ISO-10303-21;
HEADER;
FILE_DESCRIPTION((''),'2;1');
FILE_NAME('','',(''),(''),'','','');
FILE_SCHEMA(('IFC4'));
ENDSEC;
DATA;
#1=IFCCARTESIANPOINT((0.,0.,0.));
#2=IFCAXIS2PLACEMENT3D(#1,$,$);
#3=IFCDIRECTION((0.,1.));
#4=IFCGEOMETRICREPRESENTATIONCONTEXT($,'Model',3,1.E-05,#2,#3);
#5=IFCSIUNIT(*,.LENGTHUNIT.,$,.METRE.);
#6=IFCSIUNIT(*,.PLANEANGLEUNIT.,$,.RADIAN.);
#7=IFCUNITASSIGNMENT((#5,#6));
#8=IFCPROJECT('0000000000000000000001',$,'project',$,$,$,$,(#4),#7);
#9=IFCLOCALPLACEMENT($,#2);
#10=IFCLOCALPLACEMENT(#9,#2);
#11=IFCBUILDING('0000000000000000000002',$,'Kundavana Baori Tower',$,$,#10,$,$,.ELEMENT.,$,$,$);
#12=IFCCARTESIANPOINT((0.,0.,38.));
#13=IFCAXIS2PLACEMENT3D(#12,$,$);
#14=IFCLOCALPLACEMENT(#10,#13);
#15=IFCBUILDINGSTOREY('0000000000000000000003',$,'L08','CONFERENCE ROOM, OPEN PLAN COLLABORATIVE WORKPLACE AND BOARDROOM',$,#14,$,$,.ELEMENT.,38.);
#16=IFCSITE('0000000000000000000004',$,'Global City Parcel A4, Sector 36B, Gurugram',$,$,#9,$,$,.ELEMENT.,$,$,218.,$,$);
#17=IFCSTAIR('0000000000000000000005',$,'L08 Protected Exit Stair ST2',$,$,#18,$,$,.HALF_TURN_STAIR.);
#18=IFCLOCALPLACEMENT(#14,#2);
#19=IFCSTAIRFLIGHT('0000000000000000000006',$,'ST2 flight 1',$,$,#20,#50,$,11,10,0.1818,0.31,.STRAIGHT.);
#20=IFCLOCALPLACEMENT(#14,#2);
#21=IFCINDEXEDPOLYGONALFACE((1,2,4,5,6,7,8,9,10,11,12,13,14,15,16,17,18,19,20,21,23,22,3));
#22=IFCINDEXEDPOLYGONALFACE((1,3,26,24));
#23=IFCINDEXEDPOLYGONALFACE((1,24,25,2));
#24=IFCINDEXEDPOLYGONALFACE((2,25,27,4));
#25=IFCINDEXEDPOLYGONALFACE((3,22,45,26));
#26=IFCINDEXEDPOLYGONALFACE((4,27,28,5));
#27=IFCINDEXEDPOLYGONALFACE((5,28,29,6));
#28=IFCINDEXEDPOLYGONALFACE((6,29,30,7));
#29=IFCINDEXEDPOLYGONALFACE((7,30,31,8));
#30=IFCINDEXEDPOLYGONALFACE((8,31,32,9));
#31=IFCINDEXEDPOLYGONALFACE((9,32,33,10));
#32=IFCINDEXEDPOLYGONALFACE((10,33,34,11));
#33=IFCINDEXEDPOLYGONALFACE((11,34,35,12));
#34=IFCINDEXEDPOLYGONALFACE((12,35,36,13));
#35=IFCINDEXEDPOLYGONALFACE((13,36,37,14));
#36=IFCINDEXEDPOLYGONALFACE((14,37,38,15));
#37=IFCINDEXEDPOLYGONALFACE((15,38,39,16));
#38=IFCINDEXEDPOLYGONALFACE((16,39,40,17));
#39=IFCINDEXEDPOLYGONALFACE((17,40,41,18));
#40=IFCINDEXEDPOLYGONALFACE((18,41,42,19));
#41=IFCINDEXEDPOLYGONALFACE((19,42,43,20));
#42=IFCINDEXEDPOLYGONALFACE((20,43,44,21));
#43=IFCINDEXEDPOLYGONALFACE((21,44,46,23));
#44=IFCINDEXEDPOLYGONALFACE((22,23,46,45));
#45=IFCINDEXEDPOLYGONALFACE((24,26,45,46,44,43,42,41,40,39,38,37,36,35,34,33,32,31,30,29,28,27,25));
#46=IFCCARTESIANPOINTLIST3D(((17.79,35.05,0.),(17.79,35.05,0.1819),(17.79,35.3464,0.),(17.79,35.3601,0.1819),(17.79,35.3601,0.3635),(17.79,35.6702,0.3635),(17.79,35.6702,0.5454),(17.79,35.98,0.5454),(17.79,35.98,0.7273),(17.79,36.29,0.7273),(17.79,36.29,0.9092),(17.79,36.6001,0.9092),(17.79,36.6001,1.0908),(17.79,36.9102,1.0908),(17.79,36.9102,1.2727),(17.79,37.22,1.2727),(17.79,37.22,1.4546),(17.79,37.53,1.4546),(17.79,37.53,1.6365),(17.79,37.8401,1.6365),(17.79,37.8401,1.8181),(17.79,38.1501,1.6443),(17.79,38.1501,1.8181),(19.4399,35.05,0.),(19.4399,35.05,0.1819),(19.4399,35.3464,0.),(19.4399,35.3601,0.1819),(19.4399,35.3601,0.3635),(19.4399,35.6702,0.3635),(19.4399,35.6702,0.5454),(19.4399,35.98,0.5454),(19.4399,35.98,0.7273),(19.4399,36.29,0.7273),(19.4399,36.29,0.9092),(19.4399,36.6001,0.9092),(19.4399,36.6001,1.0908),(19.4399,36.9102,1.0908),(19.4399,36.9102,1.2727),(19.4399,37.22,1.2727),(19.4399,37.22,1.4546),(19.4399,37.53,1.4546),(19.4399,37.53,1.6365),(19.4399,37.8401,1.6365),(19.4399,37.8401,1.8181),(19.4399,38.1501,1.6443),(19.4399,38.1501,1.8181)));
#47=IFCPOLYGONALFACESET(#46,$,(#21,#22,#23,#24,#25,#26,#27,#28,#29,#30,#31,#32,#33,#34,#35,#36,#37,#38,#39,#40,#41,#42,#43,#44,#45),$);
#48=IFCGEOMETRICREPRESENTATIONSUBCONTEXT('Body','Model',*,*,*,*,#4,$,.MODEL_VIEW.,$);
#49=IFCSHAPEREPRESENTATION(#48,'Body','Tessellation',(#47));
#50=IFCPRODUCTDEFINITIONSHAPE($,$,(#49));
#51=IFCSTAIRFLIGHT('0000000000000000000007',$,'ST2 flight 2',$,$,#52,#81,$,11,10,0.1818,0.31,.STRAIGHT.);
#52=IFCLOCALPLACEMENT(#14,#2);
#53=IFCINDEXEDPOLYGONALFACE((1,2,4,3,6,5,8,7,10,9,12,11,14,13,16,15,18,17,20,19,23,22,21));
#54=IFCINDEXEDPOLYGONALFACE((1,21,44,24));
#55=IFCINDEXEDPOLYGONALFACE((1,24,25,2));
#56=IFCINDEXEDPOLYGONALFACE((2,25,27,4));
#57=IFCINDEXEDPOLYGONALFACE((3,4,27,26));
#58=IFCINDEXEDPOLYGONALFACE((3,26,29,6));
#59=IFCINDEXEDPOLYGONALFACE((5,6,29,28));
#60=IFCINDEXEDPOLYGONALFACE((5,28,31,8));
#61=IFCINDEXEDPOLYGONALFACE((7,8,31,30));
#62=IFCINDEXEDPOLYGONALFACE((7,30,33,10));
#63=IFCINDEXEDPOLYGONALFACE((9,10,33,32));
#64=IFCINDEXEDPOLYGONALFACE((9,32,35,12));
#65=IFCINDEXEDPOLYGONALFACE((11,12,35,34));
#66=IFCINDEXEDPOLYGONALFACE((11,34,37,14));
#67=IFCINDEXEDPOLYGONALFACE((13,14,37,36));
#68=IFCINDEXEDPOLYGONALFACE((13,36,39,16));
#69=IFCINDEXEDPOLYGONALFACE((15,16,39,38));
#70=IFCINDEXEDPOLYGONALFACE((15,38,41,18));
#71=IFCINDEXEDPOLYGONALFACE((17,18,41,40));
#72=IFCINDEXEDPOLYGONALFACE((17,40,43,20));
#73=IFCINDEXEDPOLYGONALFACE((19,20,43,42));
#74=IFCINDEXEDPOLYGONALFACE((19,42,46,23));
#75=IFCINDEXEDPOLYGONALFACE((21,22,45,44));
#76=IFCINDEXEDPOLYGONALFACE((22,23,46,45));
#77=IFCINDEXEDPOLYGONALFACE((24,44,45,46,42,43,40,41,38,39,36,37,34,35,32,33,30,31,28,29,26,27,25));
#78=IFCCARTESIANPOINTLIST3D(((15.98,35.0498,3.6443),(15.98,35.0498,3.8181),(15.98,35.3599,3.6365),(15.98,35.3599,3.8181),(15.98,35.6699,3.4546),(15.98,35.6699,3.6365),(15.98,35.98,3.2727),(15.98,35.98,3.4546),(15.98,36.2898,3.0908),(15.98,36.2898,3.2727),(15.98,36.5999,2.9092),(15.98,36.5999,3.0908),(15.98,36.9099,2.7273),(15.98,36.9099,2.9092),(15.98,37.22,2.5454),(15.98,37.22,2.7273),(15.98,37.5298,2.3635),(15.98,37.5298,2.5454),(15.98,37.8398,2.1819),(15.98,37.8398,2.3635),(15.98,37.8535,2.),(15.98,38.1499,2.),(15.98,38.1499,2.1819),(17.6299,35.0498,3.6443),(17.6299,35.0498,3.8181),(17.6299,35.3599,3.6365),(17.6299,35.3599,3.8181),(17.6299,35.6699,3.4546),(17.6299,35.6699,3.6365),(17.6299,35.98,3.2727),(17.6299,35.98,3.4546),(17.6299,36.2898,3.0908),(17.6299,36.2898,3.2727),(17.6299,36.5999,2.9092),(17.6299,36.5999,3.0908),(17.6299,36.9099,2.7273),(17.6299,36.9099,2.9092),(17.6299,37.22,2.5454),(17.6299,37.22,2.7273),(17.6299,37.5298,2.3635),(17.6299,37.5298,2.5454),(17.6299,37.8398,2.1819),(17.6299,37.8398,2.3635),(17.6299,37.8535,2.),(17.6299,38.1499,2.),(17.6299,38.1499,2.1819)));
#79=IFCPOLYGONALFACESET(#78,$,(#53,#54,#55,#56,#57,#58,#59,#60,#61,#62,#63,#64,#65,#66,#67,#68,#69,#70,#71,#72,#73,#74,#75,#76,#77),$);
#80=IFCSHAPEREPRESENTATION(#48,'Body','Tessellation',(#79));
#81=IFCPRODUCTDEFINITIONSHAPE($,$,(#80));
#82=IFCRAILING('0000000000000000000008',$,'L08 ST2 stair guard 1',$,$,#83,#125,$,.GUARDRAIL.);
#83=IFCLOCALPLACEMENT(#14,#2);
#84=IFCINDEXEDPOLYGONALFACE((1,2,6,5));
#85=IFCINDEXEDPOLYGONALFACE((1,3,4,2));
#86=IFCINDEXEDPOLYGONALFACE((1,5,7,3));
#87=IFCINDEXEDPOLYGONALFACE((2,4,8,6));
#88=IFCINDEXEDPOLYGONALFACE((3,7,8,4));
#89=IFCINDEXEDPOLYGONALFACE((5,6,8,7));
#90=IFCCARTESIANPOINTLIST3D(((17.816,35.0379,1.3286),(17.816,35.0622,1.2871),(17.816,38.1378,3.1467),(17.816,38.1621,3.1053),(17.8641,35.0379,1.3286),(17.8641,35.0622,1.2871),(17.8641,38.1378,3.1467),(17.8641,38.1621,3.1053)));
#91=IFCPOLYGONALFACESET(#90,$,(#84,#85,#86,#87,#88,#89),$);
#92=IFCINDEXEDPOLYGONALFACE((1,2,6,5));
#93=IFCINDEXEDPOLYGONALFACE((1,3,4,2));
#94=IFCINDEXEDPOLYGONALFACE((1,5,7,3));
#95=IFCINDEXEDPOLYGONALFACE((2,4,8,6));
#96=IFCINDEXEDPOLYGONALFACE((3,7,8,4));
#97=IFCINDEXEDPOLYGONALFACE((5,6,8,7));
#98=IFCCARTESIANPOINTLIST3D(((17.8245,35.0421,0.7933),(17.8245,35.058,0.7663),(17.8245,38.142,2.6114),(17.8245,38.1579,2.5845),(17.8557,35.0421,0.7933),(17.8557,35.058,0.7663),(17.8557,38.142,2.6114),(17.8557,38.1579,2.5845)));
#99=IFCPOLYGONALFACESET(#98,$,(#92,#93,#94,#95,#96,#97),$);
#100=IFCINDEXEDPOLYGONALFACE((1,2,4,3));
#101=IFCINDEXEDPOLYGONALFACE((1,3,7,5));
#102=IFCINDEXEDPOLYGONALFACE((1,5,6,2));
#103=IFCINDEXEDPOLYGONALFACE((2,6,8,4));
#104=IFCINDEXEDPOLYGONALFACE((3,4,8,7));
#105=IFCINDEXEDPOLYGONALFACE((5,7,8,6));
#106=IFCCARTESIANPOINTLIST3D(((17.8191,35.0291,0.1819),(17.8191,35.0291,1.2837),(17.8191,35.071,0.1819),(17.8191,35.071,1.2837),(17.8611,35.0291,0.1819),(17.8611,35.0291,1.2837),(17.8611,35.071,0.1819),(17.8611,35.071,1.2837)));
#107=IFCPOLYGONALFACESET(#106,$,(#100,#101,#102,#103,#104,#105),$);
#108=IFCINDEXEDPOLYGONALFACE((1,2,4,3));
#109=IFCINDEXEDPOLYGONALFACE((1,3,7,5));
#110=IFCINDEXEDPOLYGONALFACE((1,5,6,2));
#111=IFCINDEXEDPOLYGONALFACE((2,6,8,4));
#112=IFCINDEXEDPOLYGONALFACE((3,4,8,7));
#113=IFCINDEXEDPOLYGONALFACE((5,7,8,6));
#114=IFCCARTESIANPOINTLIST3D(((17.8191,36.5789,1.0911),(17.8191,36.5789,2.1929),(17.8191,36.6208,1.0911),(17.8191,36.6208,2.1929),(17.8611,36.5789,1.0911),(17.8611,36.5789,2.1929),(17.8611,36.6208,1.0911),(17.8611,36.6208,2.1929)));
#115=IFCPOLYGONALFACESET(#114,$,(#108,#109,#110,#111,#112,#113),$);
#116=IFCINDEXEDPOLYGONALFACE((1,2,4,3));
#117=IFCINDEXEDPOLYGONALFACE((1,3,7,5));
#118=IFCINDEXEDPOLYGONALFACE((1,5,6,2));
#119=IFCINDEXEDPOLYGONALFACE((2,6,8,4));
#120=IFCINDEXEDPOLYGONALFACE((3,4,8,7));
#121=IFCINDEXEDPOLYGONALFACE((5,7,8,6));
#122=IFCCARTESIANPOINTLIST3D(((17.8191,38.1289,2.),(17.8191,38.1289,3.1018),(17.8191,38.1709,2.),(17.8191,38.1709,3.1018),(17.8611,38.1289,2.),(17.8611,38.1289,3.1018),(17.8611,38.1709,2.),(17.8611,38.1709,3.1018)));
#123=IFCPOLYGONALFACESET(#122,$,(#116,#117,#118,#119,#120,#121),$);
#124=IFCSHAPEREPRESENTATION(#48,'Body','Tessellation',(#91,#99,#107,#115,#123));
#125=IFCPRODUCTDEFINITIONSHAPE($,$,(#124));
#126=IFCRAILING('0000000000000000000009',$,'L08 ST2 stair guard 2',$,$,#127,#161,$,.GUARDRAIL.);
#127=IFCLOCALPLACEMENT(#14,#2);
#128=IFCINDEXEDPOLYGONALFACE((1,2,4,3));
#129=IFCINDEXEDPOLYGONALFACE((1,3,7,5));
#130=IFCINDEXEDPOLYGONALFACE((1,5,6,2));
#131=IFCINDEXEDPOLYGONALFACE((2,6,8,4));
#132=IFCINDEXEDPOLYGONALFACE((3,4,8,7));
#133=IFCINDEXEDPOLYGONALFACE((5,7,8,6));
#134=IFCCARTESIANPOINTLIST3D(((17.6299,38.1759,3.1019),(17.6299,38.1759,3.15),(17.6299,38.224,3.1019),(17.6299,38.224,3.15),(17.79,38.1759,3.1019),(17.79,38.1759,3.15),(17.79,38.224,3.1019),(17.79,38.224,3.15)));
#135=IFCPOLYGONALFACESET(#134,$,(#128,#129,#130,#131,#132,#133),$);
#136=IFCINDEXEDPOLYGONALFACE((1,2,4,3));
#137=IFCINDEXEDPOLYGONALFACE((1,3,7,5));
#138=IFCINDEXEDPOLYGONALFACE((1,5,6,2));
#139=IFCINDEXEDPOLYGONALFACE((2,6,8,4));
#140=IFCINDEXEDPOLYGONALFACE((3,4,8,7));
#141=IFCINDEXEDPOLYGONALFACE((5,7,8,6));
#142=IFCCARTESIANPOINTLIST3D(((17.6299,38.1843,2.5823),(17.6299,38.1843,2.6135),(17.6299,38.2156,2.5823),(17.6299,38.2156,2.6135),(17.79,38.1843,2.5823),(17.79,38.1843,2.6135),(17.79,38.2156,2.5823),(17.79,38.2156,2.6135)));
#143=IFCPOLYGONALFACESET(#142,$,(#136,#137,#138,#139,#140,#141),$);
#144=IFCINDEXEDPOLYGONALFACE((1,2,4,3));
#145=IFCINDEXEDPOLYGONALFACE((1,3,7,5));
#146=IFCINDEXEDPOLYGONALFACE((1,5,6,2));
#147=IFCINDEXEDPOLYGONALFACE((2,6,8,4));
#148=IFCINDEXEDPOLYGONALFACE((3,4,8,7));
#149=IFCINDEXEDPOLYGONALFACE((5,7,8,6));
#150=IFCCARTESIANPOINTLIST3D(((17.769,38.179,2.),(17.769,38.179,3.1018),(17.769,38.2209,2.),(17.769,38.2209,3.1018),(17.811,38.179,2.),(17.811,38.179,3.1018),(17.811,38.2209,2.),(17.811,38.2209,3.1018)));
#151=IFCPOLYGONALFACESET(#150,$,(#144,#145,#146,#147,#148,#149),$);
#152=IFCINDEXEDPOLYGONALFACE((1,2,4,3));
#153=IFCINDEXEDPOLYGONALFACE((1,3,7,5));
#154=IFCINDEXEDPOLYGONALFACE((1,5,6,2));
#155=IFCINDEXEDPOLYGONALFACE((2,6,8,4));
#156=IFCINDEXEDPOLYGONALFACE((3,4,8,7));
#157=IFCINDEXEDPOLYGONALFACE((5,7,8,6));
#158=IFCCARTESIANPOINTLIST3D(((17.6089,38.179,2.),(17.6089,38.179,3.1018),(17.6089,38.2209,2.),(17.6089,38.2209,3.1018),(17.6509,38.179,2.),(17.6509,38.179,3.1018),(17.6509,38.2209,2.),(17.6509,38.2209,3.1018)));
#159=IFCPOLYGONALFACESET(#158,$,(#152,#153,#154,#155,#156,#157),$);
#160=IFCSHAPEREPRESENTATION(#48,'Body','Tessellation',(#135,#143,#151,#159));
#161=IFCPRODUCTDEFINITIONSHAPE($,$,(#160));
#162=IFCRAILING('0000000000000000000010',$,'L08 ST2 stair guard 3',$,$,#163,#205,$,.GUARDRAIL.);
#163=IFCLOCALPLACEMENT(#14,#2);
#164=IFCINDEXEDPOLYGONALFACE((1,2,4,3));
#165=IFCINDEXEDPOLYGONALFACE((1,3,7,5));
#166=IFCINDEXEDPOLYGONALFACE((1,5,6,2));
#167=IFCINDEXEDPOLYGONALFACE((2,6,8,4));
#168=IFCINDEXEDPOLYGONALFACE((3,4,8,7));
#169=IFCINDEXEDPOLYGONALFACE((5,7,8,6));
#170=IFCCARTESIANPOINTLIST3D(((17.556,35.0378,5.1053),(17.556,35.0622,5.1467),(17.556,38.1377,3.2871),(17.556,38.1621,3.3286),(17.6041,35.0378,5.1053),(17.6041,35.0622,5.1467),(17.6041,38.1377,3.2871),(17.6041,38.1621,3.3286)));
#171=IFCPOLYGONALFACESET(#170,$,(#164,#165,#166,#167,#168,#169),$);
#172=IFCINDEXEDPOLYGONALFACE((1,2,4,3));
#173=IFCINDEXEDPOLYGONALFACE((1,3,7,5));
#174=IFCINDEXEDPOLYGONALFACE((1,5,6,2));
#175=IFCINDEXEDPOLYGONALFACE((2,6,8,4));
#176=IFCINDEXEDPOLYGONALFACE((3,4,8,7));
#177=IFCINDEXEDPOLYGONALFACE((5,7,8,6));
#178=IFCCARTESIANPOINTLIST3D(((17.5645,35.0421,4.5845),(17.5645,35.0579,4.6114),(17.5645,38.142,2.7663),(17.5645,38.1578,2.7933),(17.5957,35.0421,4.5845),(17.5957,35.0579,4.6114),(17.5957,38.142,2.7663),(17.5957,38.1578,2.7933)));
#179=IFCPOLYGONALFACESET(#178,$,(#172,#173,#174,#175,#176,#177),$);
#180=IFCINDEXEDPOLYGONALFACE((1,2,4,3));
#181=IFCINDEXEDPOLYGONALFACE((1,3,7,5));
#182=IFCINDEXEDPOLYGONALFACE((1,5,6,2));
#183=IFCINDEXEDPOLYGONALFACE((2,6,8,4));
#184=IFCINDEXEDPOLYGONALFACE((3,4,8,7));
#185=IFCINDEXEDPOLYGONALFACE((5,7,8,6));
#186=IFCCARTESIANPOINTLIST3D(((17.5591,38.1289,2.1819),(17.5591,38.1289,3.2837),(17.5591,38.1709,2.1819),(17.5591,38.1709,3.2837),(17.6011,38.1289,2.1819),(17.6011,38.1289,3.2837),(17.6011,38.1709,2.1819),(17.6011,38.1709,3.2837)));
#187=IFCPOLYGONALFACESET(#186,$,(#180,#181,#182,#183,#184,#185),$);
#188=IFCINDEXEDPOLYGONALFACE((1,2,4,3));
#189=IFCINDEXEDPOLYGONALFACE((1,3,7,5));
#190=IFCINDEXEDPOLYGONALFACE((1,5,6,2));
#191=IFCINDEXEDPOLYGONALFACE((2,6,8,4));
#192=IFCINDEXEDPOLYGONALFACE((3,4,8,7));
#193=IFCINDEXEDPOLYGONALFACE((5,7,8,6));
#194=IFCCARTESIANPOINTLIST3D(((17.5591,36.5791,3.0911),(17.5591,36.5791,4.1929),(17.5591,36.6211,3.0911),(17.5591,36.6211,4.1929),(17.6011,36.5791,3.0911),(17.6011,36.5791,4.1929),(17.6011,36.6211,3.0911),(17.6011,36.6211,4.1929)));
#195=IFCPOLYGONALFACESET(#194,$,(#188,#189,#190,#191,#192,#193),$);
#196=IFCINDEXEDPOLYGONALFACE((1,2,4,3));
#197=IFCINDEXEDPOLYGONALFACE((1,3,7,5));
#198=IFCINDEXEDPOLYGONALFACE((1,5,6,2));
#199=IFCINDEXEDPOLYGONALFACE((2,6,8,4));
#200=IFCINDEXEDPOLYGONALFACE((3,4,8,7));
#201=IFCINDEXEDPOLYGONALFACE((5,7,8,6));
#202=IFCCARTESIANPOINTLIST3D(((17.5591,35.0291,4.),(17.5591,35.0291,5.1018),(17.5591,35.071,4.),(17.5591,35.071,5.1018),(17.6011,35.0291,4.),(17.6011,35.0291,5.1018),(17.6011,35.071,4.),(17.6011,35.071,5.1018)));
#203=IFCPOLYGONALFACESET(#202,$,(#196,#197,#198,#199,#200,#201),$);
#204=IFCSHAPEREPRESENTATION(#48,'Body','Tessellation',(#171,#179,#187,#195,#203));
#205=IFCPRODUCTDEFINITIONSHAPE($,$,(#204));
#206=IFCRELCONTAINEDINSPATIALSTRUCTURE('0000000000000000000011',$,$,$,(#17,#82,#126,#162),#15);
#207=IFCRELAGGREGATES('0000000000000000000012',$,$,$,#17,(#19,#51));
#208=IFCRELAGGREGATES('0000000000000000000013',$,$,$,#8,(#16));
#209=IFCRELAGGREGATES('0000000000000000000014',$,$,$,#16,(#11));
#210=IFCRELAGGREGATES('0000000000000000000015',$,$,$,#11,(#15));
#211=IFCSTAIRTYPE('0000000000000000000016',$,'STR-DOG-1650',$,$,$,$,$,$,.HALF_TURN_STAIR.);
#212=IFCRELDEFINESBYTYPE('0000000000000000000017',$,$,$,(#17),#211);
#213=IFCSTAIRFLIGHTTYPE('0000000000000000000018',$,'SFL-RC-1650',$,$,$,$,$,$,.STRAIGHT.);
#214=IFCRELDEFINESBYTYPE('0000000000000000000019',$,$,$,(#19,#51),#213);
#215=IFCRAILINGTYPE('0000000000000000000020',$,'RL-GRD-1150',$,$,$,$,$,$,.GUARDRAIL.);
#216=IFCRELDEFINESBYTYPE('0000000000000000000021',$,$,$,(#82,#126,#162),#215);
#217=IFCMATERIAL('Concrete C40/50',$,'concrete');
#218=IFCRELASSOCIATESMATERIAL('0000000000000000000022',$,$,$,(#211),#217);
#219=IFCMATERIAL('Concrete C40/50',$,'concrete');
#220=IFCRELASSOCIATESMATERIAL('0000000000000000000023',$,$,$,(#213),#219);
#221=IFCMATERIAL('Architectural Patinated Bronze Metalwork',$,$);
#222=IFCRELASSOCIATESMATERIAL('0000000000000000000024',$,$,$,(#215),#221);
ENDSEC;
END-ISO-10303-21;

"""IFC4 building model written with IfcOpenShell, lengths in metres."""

from ifc_helpers import new_model, si_unit, direction, frame, origin, origin_2d, place, context, subcontext, project, spatial, polyline, rectangle, outline, extrude, material, type_object, element, aggregate, save


model = new_model("IFC4")

# Units and contexts
model_context = context("Model", 3, precision=1e-05, world=origin(), true_north=direction((0.0, 1.0)))
body_context = subcontext(model_context, "Body", "Model", "MODEL_VIEW")
ifc_project = project(units=[si_unit("LENGTHUNIT", "METRE"), si_unit("PLANEANGLEUNIT", "RADIAN")], contexts=[model_context])

# Site, building, storey
site_placement = place(None, origin())
site = spatial("IfcSite", under=ifc_project, at=site_placement, Name="Global City Parcel A4, Sector 36B, Gurugram", CompositionType="ELEMENT", RefElevation=218.0)
building_placement = place(site_placement, origin())
building = spatial("IfcBuilding", under=site, at=building_placement, Name="Kundavana Baori Tower", CompositionType="ELEMENT")
storey_placement = place(building_placement, frame((0.0, 0.0, 38.0)))
storey = spatial("IfcBuildingStorey", under=building, at=storey_placement, Name="L08", Description="CONFERENCE ROOM, OPEN PLAN COLLABORATIVE WORKPLACE AND BOARDROOM", CompositionType="ELEMENT", Elevation=38.0)

# Stair, stair flights
ifc_material_1 = material(Name="Concrete C40/50", Category="concrete")
stair_type = type_object("IfcStairType", Name="STR-DOG-1650", PredefinedType="HALF_TURN_STAIR", material=ifc_material_1)
stair_placement = place(storey_placement, origin())
stair = element("IfcStair", 1, at=stair_placement, inside=storey, type_object=stair_type, Name="L08 Protected Exit Stair ST2", PredefinedType="HALF_TURN_STAIR")
ifc_material_2 = material(Name="Concrete C40/50", Category="concrete")
stair_flight_type = type_object("IfcStairFlightType", Name="SFL-RC-1650", PredefinedType="STRAIGHT", material=ifc_material_2)
stair_flight_1_placement = place(storey_placement, frame((18.615, 35.05, 0.0), z_axis=(0.0, 0.0, 1.0), x_axis=(0.0, 1.0, 0.0)))
stair_flight_1 = element("IfcStairFlight", 2, at=stair_flight_1_placement, type_object=stair_flight_type, Name="ST2 flight 1", NumberOfRisers=11, NumberOfTreads=10, PredefinedType="STRAIGHT", RiserHeight=0.1818, TreadLength=0.31, context=body_context, shape_type="SweptSolid", body=[
    extrude(outline(polyline([(0.0, 0.0), (0.0, 0.1819), (0.3101, 0.1819), (0.3101, 0.3635), (0.6201, 0.3635), (0.6201, 0.5454), (0.9299, 0.5454), (0.9299, 0.7273), (1.24, 0.7273), (1.24, 0.9092), (1.55, 0.9092), (1.55, 1.0908), (1.8601, 1.0908), (1.8601, 1.2727), (2.1699, 1.2727), (2.1699, 1.4546), (2.48, 1.4546), (2.48, 1.6365), (2.79, 1.6365), (2.79, 1.8181), (3.1001, 1.8181), (3.1001, 2.0), (3.1001, 1.6443), (0.2964, 0.0), (0.0, 0.0)])), frame((0.0, 0.825, 0.0), z_axis=(0.0, -1.0, 0.0), x_axis=(1.0, 0.0, 0.0)), (0.0, 0.0, 1.0), 1.6499),
])
stair_flight_2_placement = place(storey_placement, frame((16.8049, 38.1499, 2.0), z_axis=(0.0, 0.0, 1.0), x_axis=(0.0, -1.0, 0.0)))
stair_flight_2 = element("IfcStairFlight", 3, at=stair_flight_2_placement, type_object=stair_flight_type, Name="ST2 flight 2", NumberOfRisers=11, NumberOfTreads=10, PredefinedType="STRAIGHT", RiserHeight=0.1818, TreadLength=0.31, context=body_context, shape_type="SweptSolid", body=[
    extrude(outline(polyline([(0.0, 0.0), (0.0, 0.1819), (0.3101, 0.1819), (0.3101, 0.3635), (0.6201, 0.3635), (0.6201, 0.5454), (0.9299, 0.5454), (0.9299, 0.7273), (1.24, 0.7273), (1.24, 0.9092), (1.55, 0.9092), (1.55, 1.0908), (1.8601, 1.0908), (1.8601, 1.2727), (2.1699, 1.2727), (2.1699, 1.4546), (2.48, 1.4546), (2.48, 1.6365), (2.79, 1.6365), (2.79, 1.8181), (3.1001, 1.8181), (3.1001, 2.0), (3.1001, 1.6443), (0.2964, 0.0), (0.0, 0.0)])), frame((0.0, 0.825, 0.0), z_axis=(0.0, -1.0, 0.0), x_axis=(1.0, 0.0, 0.0)), (0.0, 0.0, 1.0), 1.6499),
])
aggregate(stair, [stair_flight_1, stair_flight_2])

# Railings
ifc_material_3 = material(Name="Architectural Patinated Bronze Metalwork")
railing_type_1 = type_object("IfcRailingType", Name="RL-GRD-1150", PredefinedType="GUARDRAIL", material=ifc_material_3)
railing_1_placement = place(storey_placement, frame((17.8401, 35.05, 0.1819)))
element("IfcRailing", 4, at=railing_1_placement, inside=storey, type_object=railing_type_1, Name="L08 ST2 stair guard 1", PredefinedType="GUARDRAIL", context=body_context, shape_type="SweptSolid", body=[
    extrude(rectangle(XDim=0.0481, YDim=0.0481, at=origin_2d()), frame((0.0, 0.0, 1.126), z_axis=(0.0, 0.862581, 0.505918), x_axis=(-1.0, 0.0, 0.0)), (0.0, 0.0, 1.0), 3.5938),
    extrude(rectangle(XDim=0.0312, YDim=0.0312, at=origin_2d()), frame((0.0, 0.0, 0.5979), z_axis=(0.0, 0.862581, 0.505918), x_axis=(-1.0, 0.0, 0.0)), (0.0, 0.0, 1.0), 3.5938),
    extrude(rectangle(XDim=0.042, YDim=0.042, at=origin_2d()), origin(), (0.0, 0.0, 1.0), 1.1018),
    extrude(rectangle(XDim=0.042, YDim=0.042, at=origin_2d()), frame((0.0, 1.5498, 0.9092)), (0.0, 0.0, 1.0), 1.1018),
    extrude(rectangle(XDim=0.042, YDim=0.042, at=origin_2d()), frame((0.0, 3.0999, 1.8181)), (0.0, 0.0, 1.0), 1.1018),
])
railing_2_placement = place(storey_placement, frame((17.79, 38.2, 2.0)))
element("IfcRailing", 5, at=railing_2_placement, inside=storey, type_object=railing_type_1, Name="L08 ST2 stair guard 2", PredefinedType="GUARDRAIL", context=body_context, shape_type="SweptSolid", body=[
    extrude(rectangle(XDim=0.0481, YDim=0.0481, at=origin_2d()), frame((0.0, 0.0, 1.126), z_axis=(-1.0, 0.0, 0.0), x_axis=(0.0, -1.0, 0.0)), (0.0, 0.0, 1.0), 0.1602),
    extrude(rectangle(XDim=0.0312, YDim=0.0312, at=origin_2d()), frame((0.0, 0.0, 0.5979), z_axis=(-1.0, 0.0, 0.0), x_axis=(0.0, -1.0, 0.0)), (0.0, 0.0, 1.0), 0.1602),
    extrude(rectangle(XDim=0.042, YDim=0.042, at=origin_2d()), origin(), (0.0, 0.0, 1.0), 1.1018),
    extrude(rectangle(XDim=0.042, YDim=0.042, at=origin_2d()), frame((-0.1602, 0.0, 0.0)), (0.0, 0.0, 1.0), 1.1018),
])
railing_3_placement = place(storey_placement, frame((17.5801, 38.1499, 2.1819)))
element("IfcRailing", 6, at=railing_3_placement, inside=storey, type_object=railing_type_1, Name="L08 ST2 stair guard 3", PredefinedType="GUARDRAIL", context=body_context, shape_type="SweptSolid", body=[
    extrude(rectangle(XDim=0.0481, YDim=0.0481, at=origin_2d()), frame((0.0, 0.0, 1.126), z_axis=(0.0, -0.862581, 0.505918), x_axis=(1.0, 0.0, 0.0)), (0.0, 0.0, 1.0), 3.5938),
    extrude(rectangle(XDim=0.0312, YDim=0.0312, at=origin_2d()), frame((0.0, 0.0, 0.5979), z_axis=(0.0, -0.862581, 0.505918), x_axis=(1.0, 0.0, 0.0)), (0.0, 0.0, 1.0), 3.5938),
    extrude(rectangle(XDim=0.042, YDim=0.042, at=origin_2d()), origin(), (0.0, 0.0, 1.0), 1.1018),
    extrude(rectangle(XDim=0.042, YDim=0.042, at=origin_2d()), frame((0.0, -1.5498, 0.9092)), (0.0, 0.0, 1.0), 1.1018),
    extrude(rectangle(XDim=0.042, YDim=0.042, at=origin_2d()), frame((0.0, -3.0999, 1.8181)), (0.0, 0.0, 1.0), 1.1018),
])

save(model, "model.ifc")
